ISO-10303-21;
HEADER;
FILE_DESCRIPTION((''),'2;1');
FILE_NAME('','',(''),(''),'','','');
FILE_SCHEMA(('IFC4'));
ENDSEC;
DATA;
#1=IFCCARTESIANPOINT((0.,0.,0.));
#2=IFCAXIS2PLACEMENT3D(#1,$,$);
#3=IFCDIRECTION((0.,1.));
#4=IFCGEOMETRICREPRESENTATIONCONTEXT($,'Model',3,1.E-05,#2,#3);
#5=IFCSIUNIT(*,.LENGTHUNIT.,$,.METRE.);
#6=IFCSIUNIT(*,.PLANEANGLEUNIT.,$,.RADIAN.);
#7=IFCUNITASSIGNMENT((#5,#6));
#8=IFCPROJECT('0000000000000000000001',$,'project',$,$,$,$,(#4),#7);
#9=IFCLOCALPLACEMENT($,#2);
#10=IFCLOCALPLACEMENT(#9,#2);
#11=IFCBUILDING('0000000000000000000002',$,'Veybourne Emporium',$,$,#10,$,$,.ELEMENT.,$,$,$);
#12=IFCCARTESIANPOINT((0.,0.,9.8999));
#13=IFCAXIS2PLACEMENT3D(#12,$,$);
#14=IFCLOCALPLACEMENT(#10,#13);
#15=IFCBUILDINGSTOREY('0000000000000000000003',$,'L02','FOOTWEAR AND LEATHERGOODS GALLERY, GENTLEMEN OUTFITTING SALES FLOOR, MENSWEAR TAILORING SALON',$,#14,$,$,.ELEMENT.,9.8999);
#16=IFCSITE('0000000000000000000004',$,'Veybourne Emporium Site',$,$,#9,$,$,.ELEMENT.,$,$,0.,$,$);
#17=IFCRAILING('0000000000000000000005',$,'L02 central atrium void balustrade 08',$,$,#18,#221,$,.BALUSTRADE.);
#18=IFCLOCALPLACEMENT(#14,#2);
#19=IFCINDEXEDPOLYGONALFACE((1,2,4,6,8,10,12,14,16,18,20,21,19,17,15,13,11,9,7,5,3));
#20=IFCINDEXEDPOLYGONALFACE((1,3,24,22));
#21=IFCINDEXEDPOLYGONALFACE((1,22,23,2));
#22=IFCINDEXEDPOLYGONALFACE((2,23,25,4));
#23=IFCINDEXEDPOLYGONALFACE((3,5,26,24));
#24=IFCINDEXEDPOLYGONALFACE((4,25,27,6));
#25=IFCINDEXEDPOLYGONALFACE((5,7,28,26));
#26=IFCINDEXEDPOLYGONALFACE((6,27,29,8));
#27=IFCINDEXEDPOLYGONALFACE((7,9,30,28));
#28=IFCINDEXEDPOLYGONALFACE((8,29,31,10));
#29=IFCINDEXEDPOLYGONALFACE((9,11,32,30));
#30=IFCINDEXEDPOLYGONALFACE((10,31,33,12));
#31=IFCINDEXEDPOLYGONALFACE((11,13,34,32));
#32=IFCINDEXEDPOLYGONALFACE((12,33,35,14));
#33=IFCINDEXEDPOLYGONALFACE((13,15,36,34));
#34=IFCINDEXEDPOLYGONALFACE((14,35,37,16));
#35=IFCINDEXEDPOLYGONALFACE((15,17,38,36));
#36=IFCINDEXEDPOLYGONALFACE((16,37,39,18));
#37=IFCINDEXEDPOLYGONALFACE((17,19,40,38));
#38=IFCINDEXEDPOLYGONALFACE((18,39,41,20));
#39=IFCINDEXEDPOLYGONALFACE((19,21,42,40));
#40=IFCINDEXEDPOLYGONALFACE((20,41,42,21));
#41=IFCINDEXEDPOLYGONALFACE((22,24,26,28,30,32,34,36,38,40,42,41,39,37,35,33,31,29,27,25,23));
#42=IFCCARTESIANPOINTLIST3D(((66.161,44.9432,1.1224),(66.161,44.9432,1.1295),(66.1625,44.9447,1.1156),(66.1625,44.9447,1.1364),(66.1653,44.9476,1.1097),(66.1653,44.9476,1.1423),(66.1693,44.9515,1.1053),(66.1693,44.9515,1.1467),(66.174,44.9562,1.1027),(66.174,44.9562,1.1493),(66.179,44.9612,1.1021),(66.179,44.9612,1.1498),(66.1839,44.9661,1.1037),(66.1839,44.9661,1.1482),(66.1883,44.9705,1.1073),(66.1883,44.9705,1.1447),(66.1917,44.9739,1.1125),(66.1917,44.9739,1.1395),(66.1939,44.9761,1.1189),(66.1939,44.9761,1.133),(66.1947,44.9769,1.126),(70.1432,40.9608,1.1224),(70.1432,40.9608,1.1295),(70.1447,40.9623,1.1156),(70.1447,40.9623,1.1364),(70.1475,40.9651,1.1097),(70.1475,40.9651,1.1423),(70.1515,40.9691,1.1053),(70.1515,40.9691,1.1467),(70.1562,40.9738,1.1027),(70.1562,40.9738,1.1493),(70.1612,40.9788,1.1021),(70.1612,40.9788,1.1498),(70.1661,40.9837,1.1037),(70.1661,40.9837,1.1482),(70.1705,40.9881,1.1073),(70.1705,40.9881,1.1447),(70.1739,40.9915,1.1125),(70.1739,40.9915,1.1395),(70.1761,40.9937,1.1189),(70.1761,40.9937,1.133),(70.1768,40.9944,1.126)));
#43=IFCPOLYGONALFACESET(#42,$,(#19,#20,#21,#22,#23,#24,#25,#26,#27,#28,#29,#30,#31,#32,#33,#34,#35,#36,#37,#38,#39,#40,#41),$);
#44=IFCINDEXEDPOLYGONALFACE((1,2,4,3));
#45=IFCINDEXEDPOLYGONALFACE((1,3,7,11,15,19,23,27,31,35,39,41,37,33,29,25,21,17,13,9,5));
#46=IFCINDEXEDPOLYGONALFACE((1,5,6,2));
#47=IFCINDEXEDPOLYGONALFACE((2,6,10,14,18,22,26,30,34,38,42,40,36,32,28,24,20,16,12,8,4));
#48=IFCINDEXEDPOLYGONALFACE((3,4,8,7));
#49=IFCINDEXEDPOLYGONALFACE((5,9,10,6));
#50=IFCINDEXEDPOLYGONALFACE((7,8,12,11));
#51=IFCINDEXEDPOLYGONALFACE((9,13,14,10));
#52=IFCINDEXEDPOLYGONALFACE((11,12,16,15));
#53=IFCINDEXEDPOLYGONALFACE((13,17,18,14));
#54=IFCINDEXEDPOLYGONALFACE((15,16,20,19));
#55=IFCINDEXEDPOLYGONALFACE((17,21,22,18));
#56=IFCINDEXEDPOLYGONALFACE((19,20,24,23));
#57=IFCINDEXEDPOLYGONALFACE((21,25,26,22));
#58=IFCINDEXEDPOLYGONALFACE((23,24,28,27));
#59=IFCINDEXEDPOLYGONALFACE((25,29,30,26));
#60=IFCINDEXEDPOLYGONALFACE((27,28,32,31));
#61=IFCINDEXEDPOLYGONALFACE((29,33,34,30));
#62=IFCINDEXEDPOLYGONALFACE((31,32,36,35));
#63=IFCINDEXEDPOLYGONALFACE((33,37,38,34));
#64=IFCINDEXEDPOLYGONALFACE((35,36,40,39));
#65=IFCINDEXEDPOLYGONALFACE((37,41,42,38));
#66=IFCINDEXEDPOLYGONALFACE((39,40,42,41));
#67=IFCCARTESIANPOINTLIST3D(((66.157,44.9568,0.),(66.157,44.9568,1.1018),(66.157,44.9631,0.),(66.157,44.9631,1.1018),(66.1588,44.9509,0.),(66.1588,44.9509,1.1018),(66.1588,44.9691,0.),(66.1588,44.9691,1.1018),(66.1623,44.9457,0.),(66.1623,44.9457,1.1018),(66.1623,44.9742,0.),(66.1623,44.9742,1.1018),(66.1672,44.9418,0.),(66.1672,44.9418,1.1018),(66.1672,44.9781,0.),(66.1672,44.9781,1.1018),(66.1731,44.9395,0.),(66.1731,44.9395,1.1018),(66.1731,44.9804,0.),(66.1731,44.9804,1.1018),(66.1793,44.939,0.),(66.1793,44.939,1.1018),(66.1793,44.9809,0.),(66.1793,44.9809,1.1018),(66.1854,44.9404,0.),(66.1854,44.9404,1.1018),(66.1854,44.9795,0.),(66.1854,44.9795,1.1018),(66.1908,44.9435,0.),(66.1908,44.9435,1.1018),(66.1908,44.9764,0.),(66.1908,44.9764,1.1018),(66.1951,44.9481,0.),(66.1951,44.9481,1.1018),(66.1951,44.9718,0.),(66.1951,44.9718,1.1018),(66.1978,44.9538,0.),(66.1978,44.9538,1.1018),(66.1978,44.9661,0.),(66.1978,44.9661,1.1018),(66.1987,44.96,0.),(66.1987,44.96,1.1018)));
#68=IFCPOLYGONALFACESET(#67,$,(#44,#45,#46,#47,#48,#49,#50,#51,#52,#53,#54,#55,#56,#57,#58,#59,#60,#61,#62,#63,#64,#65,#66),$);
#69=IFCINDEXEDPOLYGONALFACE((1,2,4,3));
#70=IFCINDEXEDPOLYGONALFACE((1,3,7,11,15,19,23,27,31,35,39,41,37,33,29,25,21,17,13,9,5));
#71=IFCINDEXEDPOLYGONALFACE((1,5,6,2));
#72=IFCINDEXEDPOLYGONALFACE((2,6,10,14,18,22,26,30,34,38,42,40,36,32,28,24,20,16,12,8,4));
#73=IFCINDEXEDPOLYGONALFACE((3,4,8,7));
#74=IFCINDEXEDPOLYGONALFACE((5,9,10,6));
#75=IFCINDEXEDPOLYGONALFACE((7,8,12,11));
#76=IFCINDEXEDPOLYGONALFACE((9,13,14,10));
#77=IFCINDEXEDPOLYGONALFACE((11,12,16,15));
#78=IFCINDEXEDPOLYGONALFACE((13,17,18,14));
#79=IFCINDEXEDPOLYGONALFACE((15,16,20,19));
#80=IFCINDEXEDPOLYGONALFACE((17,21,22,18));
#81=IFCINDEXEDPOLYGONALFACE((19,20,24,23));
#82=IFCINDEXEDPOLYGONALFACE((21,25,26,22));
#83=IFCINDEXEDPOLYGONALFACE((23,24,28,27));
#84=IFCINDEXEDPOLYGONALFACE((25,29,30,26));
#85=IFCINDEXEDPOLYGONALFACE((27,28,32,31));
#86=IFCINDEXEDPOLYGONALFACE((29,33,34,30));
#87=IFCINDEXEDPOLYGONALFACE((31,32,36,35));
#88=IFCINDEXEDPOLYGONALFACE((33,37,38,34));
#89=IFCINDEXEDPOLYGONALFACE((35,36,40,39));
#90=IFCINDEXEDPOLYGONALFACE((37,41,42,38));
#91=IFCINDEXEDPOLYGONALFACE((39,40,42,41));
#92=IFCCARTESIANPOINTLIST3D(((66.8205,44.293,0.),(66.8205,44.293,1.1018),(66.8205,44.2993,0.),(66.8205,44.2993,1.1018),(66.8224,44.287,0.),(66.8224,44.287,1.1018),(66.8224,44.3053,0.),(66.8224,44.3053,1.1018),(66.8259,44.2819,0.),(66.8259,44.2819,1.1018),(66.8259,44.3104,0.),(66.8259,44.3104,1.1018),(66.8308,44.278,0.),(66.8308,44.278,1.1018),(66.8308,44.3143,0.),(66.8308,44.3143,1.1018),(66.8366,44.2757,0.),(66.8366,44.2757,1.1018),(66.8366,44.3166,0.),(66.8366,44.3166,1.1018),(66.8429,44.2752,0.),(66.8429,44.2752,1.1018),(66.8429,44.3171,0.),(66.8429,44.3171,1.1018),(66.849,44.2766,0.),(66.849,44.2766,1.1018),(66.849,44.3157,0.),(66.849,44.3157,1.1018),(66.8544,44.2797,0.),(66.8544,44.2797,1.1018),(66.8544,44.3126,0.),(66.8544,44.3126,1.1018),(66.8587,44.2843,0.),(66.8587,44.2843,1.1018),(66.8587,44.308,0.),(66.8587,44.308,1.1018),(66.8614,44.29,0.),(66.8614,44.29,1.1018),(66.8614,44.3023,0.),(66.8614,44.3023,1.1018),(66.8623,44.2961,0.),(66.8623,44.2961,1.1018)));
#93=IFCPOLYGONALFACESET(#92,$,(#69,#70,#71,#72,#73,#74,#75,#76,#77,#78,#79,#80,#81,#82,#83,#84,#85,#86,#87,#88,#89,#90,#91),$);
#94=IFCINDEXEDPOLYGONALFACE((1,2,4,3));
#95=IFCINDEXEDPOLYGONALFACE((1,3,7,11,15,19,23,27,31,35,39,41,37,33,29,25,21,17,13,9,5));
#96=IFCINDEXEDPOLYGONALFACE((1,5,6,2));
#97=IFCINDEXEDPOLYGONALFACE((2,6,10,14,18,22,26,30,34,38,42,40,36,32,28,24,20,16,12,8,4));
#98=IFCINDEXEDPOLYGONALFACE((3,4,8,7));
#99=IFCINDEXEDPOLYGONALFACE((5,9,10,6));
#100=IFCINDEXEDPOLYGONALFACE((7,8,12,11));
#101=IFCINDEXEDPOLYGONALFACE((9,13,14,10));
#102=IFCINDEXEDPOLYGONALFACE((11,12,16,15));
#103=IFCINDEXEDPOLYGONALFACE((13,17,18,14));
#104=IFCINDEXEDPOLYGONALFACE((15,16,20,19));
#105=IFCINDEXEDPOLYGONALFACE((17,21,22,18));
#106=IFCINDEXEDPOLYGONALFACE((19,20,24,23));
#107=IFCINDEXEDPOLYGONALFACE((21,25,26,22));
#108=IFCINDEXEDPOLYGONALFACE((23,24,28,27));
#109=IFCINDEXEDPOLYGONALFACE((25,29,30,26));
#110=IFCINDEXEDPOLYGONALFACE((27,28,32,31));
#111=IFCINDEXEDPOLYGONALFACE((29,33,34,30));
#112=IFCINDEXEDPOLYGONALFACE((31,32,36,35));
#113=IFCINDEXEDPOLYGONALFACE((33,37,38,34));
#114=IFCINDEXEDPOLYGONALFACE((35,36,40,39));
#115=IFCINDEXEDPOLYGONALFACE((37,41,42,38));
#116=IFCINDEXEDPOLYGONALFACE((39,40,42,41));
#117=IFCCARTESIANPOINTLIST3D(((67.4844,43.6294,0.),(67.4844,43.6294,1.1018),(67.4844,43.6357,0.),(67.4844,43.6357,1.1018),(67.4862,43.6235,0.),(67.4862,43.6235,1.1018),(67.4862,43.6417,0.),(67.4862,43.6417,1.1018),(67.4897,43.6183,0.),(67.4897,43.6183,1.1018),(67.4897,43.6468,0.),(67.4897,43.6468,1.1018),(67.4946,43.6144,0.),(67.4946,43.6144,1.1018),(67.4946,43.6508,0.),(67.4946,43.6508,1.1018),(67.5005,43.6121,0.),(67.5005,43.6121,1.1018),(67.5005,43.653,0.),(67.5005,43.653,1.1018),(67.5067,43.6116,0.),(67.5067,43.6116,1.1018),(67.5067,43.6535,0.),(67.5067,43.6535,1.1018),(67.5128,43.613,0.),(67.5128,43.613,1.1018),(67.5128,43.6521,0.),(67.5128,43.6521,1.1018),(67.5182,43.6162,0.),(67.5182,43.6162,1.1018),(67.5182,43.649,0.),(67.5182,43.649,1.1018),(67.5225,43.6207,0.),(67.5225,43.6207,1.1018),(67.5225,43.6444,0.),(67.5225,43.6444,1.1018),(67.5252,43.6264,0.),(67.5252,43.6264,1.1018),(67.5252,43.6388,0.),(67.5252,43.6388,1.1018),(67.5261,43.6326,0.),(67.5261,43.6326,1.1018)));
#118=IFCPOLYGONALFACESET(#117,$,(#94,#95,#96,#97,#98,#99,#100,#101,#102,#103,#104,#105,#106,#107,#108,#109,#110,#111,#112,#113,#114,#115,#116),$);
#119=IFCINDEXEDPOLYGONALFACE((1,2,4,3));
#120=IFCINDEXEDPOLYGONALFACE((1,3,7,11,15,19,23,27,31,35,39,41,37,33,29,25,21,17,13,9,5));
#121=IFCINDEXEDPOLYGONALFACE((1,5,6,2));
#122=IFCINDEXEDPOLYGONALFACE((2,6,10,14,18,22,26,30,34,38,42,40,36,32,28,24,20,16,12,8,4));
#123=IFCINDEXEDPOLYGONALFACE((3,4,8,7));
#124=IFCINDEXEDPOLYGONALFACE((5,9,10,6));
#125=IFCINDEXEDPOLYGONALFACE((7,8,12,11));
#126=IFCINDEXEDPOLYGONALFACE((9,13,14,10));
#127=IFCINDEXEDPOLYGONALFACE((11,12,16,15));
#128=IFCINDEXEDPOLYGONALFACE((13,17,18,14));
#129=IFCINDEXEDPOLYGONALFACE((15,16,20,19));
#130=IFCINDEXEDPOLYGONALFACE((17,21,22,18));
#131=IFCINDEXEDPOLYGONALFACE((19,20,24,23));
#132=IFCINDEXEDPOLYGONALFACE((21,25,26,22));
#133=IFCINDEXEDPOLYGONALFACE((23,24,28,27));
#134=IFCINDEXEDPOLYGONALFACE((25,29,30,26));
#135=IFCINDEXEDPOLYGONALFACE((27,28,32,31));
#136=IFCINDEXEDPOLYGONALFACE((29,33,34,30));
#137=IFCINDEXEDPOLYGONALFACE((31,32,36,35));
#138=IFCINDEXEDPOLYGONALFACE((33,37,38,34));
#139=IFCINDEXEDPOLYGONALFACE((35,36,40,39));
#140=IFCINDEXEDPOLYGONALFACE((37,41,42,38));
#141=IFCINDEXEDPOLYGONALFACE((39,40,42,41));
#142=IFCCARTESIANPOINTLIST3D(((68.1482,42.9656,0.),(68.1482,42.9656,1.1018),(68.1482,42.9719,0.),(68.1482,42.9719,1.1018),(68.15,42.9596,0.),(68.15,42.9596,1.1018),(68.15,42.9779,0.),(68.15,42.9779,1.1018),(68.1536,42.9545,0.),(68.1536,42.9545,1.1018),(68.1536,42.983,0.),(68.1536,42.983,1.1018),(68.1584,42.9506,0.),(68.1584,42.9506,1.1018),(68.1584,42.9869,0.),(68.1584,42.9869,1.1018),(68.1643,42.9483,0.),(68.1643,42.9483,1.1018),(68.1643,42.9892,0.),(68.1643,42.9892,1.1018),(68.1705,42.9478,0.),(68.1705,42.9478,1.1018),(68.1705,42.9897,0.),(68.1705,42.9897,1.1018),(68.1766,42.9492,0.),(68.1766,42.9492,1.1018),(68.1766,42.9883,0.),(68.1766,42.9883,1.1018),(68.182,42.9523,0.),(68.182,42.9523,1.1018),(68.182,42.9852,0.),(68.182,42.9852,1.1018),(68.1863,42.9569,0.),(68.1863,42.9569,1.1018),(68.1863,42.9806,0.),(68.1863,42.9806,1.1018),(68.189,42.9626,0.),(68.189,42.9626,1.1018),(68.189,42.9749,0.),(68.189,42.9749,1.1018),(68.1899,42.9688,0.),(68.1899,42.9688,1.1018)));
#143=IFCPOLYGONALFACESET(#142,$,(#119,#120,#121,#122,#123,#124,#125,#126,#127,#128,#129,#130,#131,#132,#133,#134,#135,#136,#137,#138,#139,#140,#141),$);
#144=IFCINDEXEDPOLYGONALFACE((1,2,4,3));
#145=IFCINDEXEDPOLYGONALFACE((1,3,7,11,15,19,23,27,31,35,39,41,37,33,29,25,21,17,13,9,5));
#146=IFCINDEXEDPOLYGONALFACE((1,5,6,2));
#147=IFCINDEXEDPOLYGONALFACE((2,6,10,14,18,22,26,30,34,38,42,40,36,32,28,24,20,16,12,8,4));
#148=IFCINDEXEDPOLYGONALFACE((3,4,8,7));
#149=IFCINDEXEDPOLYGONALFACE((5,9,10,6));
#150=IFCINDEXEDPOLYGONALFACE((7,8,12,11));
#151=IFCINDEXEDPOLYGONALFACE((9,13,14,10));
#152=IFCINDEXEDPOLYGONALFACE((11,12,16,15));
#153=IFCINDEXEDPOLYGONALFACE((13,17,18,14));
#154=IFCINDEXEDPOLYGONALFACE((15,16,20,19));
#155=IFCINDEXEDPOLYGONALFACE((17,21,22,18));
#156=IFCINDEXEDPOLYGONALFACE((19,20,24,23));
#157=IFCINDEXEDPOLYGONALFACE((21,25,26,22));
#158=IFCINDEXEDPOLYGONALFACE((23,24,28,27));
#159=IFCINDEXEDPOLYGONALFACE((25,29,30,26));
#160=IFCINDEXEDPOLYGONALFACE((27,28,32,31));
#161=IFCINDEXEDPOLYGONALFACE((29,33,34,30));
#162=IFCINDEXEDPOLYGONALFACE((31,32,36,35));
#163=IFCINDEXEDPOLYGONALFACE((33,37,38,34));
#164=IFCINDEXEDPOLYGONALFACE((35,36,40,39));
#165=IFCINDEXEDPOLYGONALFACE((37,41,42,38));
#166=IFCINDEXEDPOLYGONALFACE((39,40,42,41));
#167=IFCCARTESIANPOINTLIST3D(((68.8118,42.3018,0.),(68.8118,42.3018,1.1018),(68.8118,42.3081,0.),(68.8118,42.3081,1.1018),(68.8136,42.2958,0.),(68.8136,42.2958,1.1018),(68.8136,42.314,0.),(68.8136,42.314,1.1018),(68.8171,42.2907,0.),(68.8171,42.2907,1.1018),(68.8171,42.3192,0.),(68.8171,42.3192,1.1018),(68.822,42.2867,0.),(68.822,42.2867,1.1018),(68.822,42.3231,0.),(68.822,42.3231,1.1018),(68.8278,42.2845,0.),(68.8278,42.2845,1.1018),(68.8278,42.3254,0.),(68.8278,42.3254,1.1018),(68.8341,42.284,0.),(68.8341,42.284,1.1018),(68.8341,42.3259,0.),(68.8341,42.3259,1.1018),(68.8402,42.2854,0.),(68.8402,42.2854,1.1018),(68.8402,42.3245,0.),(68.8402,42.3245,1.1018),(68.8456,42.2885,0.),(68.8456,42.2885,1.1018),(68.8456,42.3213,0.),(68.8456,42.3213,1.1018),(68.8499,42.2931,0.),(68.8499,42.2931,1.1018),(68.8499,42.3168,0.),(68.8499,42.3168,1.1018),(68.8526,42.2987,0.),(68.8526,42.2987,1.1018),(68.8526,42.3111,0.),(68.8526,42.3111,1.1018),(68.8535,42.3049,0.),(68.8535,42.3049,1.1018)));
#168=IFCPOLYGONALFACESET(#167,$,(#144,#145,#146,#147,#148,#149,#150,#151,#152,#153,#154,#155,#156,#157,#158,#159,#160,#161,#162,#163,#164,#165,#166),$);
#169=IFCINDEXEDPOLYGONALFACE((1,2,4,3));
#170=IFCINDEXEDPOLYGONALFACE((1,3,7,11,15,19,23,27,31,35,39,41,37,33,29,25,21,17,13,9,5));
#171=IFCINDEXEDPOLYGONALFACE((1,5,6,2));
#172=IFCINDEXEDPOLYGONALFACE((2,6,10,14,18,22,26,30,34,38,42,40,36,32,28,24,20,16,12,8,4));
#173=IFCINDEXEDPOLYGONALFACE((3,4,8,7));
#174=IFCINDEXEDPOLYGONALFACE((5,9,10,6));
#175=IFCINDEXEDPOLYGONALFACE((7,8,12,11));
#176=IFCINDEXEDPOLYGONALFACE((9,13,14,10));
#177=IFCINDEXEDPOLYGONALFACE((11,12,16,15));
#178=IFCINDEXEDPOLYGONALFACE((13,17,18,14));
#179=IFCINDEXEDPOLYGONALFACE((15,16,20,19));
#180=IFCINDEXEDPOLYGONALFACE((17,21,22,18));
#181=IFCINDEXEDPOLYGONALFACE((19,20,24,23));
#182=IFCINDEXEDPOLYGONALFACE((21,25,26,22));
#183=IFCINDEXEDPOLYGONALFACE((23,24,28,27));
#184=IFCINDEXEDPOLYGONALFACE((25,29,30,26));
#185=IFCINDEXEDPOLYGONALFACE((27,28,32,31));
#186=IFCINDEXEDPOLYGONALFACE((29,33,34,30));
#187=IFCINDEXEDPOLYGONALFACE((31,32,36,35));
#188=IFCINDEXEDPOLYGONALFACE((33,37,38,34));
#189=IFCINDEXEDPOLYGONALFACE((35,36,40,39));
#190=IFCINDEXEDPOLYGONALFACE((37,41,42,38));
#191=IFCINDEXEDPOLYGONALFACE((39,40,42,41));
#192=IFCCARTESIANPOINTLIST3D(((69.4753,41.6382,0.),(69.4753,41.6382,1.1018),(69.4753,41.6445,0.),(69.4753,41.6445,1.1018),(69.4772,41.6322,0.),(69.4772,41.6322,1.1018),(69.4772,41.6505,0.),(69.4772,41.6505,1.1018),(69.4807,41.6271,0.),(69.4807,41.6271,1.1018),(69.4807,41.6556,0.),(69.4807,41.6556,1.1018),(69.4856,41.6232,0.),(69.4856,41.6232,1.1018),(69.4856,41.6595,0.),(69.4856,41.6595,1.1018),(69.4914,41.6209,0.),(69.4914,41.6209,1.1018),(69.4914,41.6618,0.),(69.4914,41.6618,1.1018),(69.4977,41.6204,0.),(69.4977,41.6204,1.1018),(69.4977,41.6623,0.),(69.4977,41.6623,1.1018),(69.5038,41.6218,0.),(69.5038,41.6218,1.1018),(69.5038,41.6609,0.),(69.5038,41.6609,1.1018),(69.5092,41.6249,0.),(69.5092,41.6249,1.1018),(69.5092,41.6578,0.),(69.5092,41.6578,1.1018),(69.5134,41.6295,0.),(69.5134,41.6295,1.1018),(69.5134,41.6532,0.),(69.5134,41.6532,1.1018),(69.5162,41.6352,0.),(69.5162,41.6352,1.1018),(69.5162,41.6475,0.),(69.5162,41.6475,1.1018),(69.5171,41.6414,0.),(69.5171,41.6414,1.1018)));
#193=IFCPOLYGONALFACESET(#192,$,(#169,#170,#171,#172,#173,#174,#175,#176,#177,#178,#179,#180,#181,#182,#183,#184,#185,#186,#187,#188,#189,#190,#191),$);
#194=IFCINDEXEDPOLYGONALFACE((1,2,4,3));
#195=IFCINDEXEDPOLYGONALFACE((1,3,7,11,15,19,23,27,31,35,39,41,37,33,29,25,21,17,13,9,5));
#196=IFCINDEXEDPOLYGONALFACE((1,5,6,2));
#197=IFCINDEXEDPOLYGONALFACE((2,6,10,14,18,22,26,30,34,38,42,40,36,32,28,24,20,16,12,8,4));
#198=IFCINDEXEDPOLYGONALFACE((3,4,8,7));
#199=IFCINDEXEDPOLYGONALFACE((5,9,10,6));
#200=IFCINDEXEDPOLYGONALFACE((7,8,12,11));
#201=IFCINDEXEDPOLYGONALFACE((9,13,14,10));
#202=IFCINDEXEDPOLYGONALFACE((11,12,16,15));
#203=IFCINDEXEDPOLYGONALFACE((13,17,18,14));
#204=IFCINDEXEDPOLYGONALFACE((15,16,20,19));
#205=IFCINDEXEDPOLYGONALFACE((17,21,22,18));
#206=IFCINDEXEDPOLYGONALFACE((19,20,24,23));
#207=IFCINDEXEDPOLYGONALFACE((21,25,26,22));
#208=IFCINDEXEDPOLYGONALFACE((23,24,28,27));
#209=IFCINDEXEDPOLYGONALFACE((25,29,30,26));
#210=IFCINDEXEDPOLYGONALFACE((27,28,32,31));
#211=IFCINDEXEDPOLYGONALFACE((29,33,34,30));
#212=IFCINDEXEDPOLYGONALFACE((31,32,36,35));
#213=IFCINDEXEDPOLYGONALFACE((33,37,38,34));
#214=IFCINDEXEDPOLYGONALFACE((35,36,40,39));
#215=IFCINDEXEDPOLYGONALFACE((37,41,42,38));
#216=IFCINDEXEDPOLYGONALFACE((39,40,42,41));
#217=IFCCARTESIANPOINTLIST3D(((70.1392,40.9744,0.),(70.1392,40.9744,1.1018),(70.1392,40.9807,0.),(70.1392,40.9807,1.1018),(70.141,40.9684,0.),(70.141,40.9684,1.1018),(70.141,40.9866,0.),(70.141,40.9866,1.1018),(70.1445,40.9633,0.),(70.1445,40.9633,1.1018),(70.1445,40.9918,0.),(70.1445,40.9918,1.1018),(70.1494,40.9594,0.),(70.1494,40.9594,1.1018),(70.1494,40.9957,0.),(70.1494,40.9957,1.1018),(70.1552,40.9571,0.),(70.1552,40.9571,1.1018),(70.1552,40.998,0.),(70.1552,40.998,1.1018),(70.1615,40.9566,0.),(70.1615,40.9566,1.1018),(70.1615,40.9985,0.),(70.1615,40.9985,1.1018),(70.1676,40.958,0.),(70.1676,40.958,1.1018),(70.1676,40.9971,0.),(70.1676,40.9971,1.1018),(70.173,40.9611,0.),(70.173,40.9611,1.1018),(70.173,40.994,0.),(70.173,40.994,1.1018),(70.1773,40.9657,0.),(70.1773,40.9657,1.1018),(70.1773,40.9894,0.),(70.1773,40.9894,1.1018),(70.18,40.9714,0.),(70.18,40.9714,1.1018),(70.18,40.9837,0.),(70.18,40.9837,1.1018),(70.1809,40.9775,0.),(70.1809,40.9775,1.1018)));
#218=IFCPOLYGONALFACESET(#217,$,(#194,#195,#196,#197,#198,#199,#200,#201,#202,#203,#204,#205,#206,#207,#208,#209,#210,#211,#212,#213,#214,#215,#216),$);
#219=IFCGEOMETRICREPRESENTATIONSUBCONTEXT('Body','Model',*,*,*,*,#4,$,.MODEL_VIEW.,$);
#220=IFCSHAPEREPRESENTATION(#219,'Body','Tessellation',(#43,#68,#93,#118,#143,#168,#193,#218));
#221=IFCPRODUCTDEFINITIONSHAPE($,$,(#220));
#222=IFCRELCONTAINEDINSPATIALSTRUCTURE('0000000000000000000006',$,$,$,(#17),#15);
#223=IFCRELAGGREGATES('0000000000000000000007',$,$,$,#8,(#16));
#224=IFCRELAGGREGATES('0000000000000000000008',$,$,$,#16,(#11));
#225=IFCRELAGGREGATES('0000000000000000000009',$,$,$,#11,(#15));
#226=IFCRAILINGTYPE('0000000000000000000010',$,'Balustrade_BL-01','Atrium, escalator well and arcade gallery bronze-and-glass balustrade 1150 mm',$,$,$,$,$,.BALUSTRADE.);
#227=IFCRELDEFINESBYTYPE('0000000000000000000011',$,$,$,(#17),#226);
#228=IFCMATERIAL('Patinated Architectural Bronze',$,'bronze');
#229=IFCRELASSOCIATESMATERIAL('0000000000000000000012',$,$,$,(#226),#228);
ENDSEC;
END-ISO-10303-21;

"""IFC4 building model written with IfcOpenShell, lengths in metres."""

from ifc_helpers import new_model, si_unit, direction, frame, origin, origin_2d, place, context, subcontext, project, spatial, circle, extrude, material, type_object, element, save


model = new_model("IFC4")

# Units and contexts
model_context = context("Model", 3, precision=1e-05, world=origin(), true_north=direction((0.0, 1.0)))
body_context = subcontext(model_context, "Body", "Model", "MODEL_VIEW")
ifc_project = project(units=[si_unit("LENGTHUNIT", "METRE"), si_unit("PLANEANGLEUNIT", "RADIAN")], contexts=[model_context])

# Site, building, storey
site_placement = place(None, origin())
site = spatial("IfcSite", under=ifc_project, at=site_placement, Name="Veybourne Emporium Site", CompositionType="ELEMENT", RefElevation=0.0)
building_placement = place(site_placement, origin())
building = spatial("IfcBuilding", under=site, at=building_placement, Name="Veybourne Emporium", CompositionType="ELEMENT")
storey_placement = place(building_placement, frame((0.0, 0.0, 9.8999)))
storey = spatial("IfcBuildingStorey", under=building, at=storey_placement, Name="L02", Description="FOOTWEAR AND LEATHERGOODS GALLERY, GENTLEMEN OUTFITTING SALES FLOOR, MENSWEAR TAILORING SALON", CompositionType="ELEMENT", Elevation=9.8999)

# Railing
ifc_material_1 = material(Name="Patinated Architectural Bronze", Category="bronze")
railing_type = type_object("IfcRailingType", Name="Balustrade_BL-01", Description="Atrium, escalator well and arcade gallery bronze-and-glass balustrade 1150 mm", PredefinedType="BALUSTRADE", material=ifc_material_1)
railing_1_placement = place(storey_placement, frame((66.1777, 44.96, 0.0)))
element("IfcRailing", 1, at=railing_1_placement, inside=storey, type_object=railing_type, Name="L02 central atrium void balustrade 08", PredefinedType="BALUSTRADE", context=body_context, shape_type="SweptSolid", body=[
    extrude(circle(Radius=0.0239, at=origin_2d()), frame((0.0, 0.0, 1.126), z_axis=(0.707085, -0.707128, 0.0), x_axis=(0.707128, 0.707085, 0.0)), (0.0, 0.0, 1.0), 5.6318),
    extrude(circle(Radius=0.021, at=origin_2d()), origin(), (0.0, 0.0, 1.0), 1.1018),
    extrude(circle(Radius=0.021, at=origin_2d()), frame((0.6636, -0.6638, 0.0)), (0.0, 0.0, 1.0), 1.1018),
    extrude(circle(Radius=0.021, at=origin_2d()), frame((1.3274, -1.3274, 0.0)), (0.0, 0.0, 1.0), 1.1018),
    extrude(circle(Radius=0.021, at=origin_2d()), frame((1.9912, -1.9912, 0.0)), (0.0, 0.0, 1.0), 1.1018),
    extrude(circle(Radius=0.021, at=origin_2d()), frame((2.6548, -2.655, 0.0)), (0.0, 0.0, 1.0), 1.1018),
    extrude(circle(Radius=0.021, at=origin_2d()), frame((3.3184, -3.3186, 0.0)), (0.0, 0.0, 1.0), 1.1018),
    extrude(circle(Radius=0.021, at=origin_2d()), frame((3.9822, -3.9824, 0.0)), (0.0, 0.0, 1.0), 1.1018),
])

save(model, "model.ifc")
